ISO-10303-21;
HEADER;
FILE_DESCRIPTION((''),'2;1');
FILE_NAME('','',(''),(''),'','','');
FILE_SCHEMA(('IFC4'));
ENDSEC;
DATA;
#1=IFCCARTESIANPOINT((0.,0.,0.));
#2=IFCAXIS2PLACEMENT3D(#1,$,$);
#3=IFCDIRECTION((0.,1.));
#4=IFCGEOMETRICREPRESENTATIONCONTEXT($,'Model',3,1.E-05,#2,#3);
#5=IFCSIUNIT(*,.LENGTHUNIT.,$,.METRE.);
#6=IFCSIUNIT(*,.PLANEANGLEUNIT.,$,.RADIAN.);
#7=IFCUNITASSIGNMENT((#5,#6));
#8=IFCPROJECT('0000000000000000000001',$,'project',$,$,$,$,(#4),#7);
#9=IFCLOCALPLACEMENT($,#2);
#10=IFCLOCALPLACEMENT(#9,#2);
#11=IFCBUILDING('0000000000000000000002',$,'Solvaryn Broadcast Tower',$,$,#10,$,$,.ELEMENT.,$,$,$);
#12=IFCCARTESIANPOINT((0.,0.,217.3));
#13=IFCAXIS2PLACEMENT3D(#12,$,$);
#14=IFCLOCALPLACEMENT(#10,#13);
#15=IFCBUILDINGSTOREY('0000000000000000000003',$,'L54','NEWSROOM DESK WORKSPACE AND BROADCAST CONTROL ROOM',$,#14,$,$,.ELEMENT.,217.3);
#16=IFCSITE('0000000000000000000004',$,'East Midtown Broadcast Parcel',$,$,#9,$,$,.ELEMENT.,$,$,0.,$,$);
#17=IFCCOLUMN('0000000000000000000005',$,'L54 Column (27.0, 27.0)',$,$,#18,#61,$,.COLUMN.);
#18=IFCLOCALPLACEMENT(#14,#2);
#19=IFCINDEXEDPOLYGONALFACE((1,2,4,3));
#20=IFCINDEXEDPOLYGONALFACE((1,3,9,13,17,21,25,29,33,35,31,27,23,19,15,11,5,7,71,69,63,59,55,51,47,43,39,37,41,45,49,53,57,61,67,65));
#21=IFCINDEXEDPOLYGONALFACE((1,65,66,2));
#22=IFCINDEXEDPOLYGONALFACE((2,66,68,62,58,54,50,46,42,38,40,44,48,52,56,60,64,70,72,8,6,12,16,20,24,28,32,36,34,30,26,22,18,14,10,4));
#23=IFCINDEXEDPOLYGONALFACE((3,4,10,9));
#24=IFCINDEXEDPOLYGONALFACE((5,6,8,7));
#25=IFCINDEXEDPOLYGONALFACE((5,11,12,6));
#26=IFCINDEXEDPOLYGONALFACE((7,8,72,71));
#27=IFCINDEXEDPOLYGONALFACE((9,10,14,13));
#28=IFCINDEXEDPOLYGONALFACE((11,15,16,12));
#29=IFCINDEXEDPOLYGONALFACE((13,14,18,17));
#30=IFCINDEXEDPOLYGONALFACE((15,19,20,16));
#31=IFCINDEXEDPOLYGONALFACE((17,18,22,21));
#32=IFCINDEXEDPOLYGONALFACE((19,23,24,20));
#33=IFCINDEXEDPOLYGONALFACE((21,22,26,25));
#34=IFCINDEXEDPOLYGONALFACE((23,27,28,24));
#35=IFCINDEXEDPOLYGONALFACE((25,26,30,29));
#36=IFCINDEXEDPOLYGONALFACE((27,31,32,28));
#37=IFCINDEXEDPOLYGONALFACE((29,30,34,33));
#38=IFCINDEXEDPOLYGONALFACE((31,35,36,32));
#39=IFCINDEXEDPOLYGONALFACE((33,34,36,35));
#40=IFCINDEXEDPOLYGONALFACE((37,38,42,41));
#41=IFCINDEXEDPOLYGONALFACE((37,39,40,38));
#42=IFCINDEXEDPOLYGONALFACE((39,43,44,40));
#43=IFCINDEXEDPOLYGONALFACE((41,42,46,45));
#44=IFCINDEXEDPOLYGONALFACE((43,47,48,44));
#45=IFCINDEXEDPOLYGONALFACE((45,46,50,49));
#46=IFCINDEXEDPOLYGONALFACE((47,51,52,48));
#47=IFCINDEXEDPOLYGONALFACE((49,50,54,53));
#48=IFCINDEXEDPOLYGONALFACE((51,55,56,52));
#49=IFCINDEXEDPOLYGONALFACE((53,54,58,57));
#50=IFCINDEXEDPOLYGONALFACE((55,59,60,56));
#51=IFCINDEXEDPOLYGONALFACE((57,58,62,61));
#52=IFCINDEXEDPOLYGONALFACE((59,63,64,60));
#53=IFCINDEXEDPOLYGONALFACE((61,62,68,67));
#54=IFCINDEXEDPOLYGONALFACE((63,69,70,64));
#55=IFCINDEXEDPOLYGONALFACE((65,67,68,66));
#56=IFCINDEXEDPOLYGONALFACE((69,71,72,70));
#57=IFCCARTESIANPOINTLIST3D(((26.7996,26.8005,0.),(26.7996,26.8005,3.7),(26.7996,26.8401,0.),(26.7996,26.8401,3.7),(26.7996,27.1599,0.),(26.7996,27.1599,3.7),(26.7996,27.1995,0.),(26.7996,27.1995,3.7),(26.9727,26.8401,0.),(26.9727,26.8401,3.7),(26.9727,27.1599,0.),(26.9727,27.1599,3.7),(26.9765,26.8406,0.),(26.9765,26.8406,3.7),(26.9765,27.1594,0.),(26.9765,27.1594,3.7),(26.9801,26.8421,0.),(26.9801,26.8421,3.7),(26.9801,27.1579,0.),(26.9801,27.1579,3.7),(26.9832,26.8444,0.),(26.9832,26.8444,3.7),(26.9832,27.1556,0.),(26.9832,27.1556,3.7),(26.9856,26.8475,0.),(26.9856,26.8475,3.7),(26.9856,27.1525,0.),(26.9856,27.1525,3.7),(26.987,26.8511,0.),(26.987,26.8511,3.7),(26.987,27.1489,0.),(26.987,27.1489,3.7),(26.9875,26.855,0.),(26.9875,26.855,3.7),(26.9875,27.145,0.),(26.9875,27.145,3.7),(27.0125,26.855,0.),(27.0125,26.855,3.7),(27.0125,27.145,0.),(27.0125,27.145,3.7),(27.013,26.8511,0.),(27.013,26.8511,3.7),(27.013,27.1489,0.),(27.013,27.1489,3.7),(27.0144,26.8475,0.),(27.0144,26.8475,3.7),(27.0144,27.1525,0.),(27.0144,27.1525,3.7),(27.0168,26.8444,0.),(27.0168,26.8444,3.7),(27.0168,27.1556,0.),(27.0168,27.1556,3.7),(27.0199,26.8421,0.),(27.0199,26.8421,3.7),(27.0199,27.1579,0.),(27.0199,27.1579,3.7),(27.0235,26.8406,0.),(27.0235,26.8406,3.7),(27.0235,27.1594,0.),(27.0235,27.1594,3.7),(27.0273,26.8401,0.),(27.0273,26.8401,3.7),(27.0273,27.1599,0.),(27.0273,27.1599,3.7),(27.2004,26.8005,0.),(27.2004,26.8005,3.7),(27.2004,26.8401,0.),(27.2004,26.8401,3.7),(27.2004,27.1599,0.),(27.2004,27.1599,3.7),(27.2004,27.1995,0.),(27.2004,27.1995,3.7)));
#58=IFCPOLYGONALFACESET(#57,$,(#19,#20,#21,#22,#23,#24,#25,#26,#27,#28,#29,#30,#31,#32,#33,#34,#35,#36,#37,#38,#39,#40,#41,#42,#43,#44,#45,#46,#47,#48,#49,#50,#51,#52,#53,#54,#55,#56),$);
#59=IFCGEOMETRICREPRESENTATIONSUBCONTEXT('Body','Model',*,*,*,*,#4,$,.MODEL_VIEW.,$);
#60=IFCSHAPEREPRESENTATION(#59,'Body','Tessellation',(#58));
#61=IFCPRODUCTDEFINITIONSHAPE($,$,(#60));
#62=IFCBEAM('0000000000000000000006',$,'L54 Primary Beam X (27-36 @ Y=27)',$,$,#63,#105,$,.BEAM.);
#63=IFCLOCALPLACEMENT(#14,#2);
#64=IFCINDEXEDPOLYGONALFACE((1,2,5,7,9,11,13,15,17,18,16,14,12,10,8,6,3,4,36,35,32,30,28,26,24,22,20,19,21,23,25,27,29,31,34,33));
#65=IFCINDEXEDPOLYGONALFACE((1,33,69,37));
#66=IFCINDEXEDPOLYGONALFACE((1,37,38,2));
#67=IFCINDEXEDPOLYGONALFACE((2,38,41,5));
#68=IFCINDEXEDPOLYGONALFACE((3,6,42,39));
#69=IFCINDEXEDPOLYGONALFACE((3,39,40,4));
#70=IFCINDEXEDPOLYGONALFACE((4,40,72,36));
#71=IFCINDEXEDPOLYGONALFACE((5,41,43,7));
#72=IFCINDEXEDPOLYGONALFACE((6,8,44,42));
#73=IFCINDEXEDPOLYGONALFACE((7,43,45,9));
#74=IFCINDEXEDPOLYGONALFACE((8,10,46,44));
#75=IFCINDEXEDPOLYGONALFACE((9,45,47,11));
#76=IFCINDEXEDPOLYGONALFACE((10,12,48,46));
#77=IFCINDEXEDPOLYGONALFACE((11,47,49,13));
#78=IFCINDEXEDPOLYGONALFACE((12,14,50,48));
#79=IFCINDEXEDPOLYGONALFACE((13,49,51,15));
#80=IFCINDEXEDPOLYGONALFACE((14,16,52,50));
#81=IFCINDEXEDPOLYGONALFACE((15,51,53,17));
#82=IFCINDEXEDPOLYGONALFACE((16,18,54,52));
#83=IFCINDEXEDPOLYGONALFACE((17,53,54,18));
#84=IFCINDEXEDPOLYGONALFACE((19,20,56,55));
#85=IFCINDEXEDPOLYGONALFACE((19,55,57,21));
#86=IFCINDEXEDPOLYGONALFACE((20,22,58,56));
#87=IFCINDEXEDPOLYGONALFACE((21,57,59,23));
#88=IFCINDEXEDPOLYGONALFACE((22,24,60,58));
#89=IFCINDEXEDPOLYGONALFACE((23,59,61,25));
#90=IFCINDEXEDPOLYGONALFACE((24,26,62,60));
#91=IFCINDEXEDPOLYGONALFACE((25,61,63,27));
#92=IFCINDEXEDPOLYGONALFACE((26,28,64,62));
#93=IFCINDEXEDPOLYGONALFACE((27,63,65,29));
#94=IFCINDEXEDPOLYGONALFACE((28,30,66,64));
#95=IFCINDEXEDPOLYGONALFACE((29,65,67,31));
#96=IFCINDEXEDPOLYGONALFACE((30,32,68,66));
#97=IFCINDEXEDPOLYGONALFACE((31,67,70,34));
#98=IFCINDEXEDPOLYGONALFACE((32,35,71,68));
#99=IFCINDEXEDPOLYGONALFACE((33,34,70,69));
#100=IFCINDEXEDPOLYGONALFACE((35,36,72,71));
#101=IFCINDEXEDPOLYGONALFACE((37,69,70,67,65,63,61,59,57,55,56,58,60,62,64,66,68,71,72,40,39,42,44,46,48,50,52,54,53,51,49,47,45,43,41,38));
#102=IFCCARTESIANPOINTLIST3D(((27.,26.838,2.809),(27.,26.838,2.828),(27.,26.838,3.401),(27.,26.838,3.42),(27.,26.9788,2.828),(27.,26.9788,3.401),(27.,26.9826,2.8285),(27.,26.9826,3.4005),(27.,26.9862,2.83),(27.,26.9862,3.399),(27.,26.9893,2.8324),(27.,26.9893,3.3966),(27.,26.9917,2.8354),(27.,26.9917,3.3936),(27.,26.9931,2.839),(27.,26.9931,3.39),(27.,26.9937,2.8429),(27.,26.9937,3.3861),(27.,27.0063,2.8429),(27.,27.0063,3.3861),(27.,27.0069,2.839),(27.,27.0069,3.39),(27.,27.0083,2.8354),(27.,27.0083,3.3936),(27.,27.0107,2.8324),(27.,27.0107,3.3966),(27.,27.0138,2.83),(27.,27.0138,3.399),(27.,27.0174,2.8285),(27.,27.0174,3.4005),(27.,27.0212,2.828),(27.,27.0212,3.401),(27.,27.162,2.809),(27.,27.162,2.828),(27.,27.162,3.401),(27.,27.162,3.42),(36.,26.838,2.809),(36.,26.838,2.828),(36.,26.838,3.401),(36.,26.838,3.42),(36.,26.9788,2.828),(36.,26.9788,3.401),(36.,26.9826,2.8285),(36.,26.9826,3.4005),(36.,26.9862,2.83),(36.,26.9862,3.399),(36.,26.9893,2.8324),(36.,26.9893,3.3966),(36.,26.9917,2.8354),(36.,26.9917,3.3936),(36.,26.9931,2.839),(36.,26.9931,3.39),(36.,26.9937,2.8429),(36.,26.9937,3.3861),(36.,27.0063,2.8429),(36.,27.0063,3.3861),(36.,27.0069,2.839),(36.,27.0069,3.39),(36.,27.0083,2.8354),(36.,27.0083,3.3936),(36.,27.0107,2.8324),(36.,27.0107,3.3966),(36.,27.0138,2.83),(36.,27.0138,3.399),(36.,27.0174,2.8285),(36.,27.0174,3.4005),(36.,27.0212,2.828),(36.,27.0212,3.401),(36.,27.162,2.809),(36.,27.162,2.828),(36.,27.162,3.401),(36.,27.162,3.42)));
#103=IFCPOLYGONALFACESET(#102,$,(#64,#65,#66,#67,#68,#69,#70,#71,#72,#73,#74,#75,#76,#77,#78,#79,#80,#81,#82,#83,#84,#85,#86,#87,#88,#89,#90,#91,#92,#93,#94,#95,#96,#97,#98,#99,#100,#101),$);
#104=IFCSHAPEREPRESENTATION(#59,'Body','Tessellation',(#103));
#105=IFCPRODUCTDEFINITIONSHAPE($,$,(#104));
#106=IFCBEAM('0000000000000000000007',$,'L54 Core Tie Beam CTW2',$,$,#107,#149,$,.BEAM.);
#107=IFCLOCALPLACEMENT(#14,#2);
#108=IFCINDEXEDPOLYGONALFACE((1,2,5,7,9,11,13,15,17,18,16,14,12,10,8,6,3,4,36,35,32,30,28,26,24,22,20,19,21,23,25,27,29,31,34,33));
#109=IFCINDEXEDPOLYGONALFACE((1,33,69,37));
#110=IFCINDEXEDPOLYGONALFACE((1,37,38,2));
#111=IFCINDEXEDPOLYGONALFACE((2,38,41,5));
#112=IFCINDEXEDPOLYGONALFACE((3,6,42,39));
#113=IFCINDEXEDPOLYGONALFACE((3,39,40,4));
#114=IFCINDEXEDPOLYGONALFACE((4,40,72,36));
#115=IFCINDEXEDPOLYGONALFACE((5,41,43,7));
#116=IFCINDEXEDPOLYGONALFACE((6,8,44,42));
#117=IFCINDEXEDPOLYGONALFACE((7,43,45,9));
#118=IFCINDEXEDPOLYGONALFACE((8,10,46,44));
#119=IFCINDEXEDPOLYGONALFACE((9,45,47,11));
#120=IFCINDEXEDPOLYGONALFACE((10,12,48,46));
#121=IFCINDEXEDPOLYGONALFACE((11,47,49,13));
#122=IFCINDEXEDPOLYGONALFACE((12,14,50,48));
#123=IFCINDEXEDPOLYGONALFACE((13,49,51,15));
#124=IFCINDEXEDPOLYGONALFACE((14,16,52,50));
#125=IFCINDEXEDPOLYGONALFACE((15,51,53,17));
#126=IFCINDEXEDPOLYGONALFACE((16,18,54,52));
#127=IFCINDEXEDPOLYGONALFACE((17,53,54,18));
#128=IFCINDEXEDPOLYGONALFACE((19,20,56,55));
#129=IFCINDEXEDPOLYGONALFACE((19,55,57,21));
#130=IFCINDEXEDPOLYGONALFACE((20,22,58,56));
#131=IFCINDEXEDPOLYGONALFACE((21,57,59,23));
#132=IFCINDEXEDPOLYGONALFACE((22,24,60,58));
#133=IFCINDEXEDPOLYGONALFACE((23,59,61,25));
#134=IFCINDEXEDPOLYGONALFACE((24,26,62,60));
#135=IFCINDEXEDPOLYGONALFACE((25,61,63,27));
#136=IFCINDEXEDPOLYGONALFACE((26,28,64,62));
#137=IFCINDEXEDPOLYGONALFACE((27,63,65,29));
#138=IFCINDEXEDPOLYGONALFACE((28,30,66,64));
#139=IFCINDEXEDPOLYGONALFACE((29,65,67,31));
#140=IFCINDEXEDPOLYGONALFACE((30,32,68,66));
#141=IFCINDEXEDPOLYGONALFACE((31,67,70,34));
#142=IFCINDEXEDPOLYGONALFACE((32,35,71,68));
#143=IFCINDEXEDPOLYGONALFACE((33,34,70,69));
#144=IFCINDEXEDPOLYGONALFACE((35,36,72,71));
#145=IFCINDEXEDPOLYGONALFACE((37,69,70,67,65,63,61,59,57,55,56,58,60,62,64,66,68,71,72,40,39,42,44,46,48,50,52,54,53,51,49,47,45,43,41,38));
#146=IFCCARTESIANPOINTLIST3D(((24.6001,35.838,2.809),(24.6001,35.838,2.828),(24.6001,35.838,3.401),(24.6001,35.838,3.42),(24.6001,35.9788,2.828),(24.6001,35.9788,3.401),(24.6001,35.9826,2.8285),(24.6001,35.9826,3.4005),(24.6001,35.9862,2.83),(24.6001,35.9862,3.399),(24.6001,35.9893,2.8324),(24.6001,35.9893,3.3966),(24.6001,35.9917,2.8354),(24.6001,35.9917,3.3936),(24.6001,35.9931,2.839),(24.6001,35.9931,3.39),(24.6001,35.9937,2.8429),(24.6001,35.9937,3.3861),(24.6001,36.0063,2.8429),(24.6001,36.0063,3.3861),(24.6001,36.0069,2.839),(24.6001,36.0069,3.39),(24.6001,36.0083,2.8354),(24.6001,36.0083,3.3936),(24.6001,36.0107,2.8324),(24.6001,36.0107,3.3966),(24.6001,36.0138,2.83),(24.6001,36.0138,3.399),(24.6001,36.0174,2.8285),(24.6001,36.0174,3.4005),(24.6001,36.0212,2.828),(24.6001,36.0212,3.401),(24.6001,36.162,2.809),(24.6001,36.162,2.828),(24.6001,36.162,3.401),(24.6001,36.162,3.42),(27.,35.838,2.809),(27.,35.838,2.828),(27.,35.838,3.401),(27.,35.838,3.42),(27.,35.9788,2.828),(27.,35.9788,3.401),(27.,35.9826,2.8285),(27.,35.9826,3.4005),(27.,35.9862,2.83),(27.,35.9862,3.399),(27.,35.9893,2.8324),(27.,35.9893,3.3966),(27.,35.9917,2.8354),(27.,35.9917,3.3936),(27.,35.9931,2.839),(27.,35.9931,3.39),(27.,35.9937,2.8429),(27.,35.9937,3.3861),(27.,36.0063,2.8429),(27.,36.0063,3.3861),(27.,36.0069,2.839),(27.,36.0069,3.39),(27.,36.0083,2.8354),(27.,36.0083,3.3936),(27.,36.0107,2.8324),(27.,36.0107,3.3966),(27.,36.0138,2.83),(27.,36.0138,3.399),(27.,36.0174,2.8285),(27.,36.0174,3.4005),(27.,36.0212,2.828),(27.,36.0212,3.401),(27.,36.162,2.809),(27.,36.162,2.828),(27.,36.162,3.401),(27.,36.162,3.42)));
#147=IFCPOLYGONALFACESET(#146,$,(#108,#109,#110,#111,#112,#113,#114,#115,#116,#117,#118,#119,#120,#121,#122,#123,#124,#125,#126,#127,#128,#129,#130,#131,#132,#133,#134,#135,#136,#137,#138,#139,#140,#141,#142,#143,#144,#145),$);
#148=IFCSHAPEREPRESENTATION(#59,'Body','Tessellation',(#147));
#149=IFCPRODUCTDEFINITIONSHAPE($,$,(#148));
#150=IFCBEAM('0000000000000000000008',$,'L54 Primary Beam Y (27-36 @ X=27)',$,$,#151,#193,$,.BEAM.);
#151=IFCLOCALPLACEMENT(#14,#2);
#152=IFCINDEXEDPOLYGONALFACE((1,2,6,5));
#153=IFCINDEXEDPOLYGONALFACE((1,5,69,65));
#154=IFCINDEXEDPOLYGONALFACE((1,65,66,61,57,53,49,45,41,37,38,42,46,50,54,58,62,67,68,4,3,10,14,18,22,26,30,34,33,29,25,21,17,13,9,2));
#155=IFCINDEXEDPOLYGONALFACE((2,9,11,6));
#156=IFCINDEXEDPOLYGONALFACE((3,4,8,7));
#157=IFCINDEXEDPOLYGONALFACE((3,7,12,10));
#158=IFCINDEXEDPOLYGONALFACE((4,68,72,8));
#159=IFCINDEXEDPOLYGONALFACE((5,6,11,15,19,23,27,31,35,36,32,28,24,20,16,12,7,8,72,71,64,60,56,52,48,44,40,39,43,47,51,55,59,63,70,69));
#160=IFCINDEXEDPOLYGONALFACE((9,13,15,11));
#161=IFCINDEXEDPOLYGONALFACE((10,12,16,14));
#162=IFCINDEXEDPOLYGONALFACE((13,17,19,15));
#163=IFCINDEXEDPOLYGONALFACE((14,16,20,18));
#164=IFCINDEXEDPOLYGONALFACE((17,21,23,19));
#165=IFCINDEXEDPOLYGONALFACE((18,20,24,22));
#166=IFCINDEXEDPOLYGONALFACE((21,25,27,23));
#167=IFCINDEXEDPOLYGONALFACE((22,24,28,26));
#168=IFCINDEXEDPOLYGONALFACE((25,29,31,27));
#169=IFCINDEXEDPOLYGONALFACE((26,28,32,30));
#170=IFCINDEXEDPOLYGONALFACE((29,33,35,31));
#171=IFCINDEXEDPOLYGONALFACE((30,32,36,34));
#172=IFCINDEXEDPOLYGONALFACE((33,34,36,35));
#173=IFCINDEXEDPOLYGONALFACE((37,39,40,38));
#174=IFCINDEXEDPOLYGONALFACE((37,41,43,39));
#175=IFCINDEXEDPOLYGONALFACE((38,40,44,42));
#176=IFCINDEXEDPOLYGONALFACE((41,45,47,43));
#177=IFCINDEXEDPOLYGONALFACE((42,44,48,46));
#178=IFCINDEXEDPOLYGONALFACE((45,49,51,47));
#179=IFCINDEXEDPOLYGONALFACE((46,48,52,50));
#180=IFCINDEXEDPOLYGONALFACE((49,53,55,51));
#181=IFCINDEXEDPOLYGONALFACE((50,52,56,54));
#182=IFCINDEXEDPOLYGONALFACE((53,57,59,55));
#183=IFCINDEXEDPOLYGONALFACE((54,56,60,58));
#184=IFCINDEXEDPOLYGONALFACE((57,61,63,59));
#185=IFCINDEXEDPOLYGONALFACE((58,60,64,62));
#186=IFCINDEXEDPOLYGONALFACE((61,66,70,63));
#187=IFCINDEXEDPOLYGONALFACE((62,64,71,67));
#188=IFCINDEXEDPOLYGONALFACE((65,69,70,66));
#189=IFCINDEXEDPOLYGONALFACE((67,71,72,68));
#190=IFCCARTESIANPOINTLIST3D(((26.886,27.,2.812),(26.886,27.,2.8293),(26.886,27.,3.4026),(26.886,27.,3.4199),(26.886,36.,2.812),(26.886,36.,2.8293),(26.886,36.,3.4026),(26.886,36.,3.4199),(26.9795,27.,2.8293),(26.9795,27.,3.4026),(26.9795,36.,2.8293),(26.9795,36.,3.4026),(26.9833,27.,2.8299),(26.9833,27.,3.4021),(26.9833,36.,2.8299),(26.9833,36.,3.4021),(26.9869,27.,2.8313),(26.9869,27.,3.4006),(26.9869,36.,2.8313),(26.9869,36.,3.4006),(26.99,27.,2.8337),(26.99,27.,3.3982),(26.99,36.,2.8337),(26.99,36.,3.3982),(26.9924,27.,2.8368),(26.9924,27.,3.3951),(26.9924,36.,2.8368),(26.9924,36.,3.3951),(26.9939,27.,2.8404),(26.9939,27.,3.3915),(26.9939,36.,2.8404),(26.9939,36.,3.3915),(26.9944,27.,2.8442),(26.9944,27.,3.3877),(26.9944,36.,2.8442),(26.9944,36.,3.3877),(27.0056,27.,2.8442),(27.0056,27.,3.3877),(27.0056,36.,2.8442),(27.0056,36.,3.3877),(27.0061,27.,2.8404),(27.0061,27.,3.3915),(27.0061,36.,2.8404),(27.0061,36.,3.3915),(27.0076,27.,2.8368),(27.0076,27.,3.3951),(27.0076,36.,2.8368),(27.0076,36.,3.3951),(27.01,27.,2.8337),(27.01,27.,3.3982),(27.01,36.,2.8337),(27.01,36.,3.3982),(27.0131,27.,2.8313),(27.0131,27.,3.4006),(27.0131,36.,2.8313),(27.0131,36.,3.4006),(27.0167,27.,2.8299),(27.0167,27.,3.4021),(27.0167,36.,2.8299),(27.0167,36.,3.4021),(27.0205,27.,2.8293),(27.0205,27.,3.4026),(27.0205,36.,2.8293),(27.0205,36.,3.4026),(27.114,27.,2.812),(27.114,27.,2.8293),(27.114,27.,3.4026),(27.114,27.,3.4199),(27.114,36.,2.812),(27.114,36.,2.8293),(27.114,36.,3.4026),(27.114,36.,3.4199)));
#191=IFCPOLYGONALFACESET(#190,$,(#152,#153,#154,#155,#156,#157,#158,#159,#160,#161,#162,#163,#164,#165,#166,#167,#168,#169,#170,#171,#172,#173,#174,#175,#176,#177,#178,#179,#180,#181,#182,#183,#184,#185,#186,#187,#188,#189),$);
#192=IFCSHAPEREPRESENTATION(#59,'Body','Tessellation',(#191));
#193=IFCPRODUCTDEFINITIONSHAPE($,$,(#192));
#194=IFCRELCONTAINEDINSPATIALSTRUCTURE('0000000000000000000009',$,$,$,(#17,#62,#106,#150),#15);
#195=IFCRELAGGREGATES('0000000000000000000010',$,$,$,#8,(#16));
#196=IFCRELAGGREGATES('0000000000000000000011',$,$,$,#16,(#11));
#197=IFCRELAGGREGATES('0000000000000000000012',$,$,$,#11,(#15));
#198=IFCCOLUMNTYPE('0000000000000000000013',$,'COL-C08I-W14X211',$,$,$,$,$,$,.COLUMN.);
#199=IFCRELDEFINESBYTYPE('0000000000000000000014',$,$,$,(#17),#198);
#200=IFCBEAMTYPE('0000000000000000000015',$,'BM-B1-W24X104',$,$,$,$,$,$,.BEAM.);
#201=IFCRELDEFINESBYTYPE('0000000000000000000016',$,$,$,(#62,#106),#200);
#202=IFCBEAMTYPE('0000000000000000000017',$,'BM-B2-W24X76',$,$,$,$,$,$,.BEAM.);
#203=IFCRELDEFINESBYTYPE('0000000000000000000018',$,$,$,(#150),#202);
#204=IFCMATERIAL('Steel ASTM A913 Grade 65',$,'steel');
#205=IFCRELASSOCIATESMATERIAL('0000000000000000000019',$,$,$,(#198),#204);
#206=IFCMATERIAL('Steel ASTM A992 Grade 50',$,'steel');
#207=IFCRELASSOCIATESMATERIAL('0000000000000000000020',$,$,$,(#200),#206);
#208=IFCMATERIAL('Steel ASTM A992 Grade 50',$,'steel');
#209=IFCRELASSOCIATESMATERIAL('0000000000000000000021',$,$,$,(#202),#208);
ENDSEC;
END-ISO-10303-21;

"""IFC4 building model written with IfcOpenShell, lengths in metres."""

from ifc_helpers import new_model, si_unit, direction, frame, origin, origin_2d, place, context, subcontext, project, spatial, i_section, extrude, material, material_profile, profile_set, type_object, element, save


model = new_model("IFC4")

# Units and contexts
model_context = context("Model", 3, precision=1e-05, world=origin(), true_north=direction((0.0, 1.0)))
body_context = subcontext(model_context, "Body", "Model", "MODEL_VIEW")
ifc_project = project(units=[si_unit("LENGTHUNIT", "METRE"), si_unit("PLANEANGLEUNIT", "RADIAN")], contexts=[model_context])

# Site, building, storey
site_placement = place(None, origin())
site = spatial("IfcSite", under=ifc_project, at=site_placement, Name="East Midtown Broadcast Parcel", CompositionType="ELEMENT", RefElevation=0.0)
building_placement = place(site_placement, origin())
building = spatial("IfcBuilding", under=site, at=building_placement, Name="Solvaryn Broadcast Tower", CompositionType="ELEMENT")
storey_placement = place(building_placement, frame((0.0, 0.0, 217.3)))
storey = spatial("IfcBuildingStorey", under=building, at=storey_placement, Name="L54", Description="NEWSROOM DESK WORKSPACE AND BROADCAST CONTROL ROOM", CompositionType="ELEMENT", Elevation=217.3)

# Column
ifc_material_1 = material(Name="Steel ASTM A913 Grade 65", Category="steel")
ifc_material_profile_1 = material_profile(ifc_material_1, i_section(OverallWidth=0.4009, OverallDepth=0.3989, WebThickness=0.0249, FlangeThickness=0.0396, FilletRadius=0.0149, at=origin_2d()))
ifc_profile_set_1 = profile_set([ifc_material_profile_1], Name="Steel ASTM A913 Grade 65")
column_type = type_object("IfcColumnType", Name="COL-C08I-W14X211", PredefinedType="COLUMN", material=ifc_profile_set_1)
column_placement = place(storey_placement, frame((27.0, 27.0, 0.0), z_axis=(0.0, 0.0, 1.0), x_axis=(1.0, 0.0, 0.0)))
element("IfcColumn", 1, at=column_placement, inside=storey, type_object=column_type, Name="L54 Column (27.0, 27.0)", PredefinedType="COLUMN", context=body_context, shape_type="SweptSolid", body=[
    extrude(i_section(OverallWidth=0.4009, OverallDepth=0.3989, WebThickness=0.0249, FlangeThickness=0.0396, FilletRadius=0.0149, at=origin_2d()), origin(), (0.0, 0.0, 1.0), 3.7),
])

# Beams
ifc_material_2 = material(Name="Steel ASTM A992 Grade 50", Category="steel")
ifc_material_profile_2 = material_profile(ifc_material_2, i_section(OverallWidth=0.324, OverallDepth=0.6111, WebThickness=0.0127, FlangeThickness=0.019, FilletRadius=0.0149, at=origin_2d()))
ifc_profile_set_2 = profile_set([ifc_material_profile_2], Name="Steel ASTM A992 Grade 50")
beam_type_1 = type_object("IfcBeamType", Name="BM-B1-W24X104", PredefinedType="BEAM", material=ifc_profile_set_2)
beam_1_placement = place(storey_placement, frame((27.0, 27.0, 3.1145), z_axis=(1.0, 0.0, 0.0), x_axis=(0.0, 1.0, 0.0)))
element("IfcBeam", 2, at=beam_1_placement, inside=storey, type_object=beam_type_1, Name="L54 Primary Beam X (27-36 @ Y=27)", PredefinedType="BEAM", context=body_context, shape_type="SweptSolid", body=[
    extrude(i_section(OverallWidth=0.324, OverallDepth=0.6111, WebThickness=0.0127, FlangeThickness=0.019, FilletRadius=0.0149, at=origin_2d()), origin(), (0.0, 0.0, 1.0), 9.0),
])
beam_2_placement = place(storey_placement, frame((24.6001, 36.0, 3.1145), z_axis=(1.0, 0.0, 0.0), x_axis=(0.0, 1.0, 0.0)))
element("IfcBeam", 3, at=beam_2_placement, inside=storey, type_object=beam_type_1, Name="L54 Core Tie Beam CTW2", PredefinedType="BEAM", context=body_context, shape_type="SweptSolid", body=[
    extrude(i_section(OverallWidth=0.324, OverallDepth=0.6111, WebThickness=0.0127, FlangeThickness=0.019, FilletRadius=0.0149, at=origin_2d()), origin(), (0.0, 0.0, 1.0), 2.3999),
])
ifc_material_3 = material(Name="Steel ASTM A992 Grade 50", Category="steel")
ifc_material_profile_3 = material_profile(ifc_material_3, i_section(OverallWidth=0.228, OverallDepth=0.6079, WebThickness=0.0112, FlangeThickness=0.0173, FilletRadius=0.0149, at=origin_2d()))
ifc_profile_set_3 = profile_set([ifc_material_profile_3], Name="Steel ASTM A992 Grade 50")
beam_type_2 = type_object("IfcBeamType", Name="BM-B2-W24X76", PredefinedType="BEAM", material=ifc_profile_set_3)
beam_3_placement = place(storey_placement, frame((27.0, 27.0, 3.116), z_axis=(0.0, 1.0, 0.0), x_axis=(-1.0, 0.0, 0.0)))
element("IfcBeam", 4, at=beam_3_placement, inside=storey, type_object=beam_type_2, Name="L54 Primary Beam Y (27-36 @ X=27)", PredefinedType="BEAM", context=body_context, shape_type="SweptSolid", body=[
    extrude(i_section(OverallWidth=0.228, OverallDepth=0.6079, WebThickness=0.0112, FlangeThickness=0.0173, FilletRadius=0.0149, at=origin_2d()), origin(), (0.0, 0.0, 1.0), 9.0),
])

save(model, "model.ifc")
